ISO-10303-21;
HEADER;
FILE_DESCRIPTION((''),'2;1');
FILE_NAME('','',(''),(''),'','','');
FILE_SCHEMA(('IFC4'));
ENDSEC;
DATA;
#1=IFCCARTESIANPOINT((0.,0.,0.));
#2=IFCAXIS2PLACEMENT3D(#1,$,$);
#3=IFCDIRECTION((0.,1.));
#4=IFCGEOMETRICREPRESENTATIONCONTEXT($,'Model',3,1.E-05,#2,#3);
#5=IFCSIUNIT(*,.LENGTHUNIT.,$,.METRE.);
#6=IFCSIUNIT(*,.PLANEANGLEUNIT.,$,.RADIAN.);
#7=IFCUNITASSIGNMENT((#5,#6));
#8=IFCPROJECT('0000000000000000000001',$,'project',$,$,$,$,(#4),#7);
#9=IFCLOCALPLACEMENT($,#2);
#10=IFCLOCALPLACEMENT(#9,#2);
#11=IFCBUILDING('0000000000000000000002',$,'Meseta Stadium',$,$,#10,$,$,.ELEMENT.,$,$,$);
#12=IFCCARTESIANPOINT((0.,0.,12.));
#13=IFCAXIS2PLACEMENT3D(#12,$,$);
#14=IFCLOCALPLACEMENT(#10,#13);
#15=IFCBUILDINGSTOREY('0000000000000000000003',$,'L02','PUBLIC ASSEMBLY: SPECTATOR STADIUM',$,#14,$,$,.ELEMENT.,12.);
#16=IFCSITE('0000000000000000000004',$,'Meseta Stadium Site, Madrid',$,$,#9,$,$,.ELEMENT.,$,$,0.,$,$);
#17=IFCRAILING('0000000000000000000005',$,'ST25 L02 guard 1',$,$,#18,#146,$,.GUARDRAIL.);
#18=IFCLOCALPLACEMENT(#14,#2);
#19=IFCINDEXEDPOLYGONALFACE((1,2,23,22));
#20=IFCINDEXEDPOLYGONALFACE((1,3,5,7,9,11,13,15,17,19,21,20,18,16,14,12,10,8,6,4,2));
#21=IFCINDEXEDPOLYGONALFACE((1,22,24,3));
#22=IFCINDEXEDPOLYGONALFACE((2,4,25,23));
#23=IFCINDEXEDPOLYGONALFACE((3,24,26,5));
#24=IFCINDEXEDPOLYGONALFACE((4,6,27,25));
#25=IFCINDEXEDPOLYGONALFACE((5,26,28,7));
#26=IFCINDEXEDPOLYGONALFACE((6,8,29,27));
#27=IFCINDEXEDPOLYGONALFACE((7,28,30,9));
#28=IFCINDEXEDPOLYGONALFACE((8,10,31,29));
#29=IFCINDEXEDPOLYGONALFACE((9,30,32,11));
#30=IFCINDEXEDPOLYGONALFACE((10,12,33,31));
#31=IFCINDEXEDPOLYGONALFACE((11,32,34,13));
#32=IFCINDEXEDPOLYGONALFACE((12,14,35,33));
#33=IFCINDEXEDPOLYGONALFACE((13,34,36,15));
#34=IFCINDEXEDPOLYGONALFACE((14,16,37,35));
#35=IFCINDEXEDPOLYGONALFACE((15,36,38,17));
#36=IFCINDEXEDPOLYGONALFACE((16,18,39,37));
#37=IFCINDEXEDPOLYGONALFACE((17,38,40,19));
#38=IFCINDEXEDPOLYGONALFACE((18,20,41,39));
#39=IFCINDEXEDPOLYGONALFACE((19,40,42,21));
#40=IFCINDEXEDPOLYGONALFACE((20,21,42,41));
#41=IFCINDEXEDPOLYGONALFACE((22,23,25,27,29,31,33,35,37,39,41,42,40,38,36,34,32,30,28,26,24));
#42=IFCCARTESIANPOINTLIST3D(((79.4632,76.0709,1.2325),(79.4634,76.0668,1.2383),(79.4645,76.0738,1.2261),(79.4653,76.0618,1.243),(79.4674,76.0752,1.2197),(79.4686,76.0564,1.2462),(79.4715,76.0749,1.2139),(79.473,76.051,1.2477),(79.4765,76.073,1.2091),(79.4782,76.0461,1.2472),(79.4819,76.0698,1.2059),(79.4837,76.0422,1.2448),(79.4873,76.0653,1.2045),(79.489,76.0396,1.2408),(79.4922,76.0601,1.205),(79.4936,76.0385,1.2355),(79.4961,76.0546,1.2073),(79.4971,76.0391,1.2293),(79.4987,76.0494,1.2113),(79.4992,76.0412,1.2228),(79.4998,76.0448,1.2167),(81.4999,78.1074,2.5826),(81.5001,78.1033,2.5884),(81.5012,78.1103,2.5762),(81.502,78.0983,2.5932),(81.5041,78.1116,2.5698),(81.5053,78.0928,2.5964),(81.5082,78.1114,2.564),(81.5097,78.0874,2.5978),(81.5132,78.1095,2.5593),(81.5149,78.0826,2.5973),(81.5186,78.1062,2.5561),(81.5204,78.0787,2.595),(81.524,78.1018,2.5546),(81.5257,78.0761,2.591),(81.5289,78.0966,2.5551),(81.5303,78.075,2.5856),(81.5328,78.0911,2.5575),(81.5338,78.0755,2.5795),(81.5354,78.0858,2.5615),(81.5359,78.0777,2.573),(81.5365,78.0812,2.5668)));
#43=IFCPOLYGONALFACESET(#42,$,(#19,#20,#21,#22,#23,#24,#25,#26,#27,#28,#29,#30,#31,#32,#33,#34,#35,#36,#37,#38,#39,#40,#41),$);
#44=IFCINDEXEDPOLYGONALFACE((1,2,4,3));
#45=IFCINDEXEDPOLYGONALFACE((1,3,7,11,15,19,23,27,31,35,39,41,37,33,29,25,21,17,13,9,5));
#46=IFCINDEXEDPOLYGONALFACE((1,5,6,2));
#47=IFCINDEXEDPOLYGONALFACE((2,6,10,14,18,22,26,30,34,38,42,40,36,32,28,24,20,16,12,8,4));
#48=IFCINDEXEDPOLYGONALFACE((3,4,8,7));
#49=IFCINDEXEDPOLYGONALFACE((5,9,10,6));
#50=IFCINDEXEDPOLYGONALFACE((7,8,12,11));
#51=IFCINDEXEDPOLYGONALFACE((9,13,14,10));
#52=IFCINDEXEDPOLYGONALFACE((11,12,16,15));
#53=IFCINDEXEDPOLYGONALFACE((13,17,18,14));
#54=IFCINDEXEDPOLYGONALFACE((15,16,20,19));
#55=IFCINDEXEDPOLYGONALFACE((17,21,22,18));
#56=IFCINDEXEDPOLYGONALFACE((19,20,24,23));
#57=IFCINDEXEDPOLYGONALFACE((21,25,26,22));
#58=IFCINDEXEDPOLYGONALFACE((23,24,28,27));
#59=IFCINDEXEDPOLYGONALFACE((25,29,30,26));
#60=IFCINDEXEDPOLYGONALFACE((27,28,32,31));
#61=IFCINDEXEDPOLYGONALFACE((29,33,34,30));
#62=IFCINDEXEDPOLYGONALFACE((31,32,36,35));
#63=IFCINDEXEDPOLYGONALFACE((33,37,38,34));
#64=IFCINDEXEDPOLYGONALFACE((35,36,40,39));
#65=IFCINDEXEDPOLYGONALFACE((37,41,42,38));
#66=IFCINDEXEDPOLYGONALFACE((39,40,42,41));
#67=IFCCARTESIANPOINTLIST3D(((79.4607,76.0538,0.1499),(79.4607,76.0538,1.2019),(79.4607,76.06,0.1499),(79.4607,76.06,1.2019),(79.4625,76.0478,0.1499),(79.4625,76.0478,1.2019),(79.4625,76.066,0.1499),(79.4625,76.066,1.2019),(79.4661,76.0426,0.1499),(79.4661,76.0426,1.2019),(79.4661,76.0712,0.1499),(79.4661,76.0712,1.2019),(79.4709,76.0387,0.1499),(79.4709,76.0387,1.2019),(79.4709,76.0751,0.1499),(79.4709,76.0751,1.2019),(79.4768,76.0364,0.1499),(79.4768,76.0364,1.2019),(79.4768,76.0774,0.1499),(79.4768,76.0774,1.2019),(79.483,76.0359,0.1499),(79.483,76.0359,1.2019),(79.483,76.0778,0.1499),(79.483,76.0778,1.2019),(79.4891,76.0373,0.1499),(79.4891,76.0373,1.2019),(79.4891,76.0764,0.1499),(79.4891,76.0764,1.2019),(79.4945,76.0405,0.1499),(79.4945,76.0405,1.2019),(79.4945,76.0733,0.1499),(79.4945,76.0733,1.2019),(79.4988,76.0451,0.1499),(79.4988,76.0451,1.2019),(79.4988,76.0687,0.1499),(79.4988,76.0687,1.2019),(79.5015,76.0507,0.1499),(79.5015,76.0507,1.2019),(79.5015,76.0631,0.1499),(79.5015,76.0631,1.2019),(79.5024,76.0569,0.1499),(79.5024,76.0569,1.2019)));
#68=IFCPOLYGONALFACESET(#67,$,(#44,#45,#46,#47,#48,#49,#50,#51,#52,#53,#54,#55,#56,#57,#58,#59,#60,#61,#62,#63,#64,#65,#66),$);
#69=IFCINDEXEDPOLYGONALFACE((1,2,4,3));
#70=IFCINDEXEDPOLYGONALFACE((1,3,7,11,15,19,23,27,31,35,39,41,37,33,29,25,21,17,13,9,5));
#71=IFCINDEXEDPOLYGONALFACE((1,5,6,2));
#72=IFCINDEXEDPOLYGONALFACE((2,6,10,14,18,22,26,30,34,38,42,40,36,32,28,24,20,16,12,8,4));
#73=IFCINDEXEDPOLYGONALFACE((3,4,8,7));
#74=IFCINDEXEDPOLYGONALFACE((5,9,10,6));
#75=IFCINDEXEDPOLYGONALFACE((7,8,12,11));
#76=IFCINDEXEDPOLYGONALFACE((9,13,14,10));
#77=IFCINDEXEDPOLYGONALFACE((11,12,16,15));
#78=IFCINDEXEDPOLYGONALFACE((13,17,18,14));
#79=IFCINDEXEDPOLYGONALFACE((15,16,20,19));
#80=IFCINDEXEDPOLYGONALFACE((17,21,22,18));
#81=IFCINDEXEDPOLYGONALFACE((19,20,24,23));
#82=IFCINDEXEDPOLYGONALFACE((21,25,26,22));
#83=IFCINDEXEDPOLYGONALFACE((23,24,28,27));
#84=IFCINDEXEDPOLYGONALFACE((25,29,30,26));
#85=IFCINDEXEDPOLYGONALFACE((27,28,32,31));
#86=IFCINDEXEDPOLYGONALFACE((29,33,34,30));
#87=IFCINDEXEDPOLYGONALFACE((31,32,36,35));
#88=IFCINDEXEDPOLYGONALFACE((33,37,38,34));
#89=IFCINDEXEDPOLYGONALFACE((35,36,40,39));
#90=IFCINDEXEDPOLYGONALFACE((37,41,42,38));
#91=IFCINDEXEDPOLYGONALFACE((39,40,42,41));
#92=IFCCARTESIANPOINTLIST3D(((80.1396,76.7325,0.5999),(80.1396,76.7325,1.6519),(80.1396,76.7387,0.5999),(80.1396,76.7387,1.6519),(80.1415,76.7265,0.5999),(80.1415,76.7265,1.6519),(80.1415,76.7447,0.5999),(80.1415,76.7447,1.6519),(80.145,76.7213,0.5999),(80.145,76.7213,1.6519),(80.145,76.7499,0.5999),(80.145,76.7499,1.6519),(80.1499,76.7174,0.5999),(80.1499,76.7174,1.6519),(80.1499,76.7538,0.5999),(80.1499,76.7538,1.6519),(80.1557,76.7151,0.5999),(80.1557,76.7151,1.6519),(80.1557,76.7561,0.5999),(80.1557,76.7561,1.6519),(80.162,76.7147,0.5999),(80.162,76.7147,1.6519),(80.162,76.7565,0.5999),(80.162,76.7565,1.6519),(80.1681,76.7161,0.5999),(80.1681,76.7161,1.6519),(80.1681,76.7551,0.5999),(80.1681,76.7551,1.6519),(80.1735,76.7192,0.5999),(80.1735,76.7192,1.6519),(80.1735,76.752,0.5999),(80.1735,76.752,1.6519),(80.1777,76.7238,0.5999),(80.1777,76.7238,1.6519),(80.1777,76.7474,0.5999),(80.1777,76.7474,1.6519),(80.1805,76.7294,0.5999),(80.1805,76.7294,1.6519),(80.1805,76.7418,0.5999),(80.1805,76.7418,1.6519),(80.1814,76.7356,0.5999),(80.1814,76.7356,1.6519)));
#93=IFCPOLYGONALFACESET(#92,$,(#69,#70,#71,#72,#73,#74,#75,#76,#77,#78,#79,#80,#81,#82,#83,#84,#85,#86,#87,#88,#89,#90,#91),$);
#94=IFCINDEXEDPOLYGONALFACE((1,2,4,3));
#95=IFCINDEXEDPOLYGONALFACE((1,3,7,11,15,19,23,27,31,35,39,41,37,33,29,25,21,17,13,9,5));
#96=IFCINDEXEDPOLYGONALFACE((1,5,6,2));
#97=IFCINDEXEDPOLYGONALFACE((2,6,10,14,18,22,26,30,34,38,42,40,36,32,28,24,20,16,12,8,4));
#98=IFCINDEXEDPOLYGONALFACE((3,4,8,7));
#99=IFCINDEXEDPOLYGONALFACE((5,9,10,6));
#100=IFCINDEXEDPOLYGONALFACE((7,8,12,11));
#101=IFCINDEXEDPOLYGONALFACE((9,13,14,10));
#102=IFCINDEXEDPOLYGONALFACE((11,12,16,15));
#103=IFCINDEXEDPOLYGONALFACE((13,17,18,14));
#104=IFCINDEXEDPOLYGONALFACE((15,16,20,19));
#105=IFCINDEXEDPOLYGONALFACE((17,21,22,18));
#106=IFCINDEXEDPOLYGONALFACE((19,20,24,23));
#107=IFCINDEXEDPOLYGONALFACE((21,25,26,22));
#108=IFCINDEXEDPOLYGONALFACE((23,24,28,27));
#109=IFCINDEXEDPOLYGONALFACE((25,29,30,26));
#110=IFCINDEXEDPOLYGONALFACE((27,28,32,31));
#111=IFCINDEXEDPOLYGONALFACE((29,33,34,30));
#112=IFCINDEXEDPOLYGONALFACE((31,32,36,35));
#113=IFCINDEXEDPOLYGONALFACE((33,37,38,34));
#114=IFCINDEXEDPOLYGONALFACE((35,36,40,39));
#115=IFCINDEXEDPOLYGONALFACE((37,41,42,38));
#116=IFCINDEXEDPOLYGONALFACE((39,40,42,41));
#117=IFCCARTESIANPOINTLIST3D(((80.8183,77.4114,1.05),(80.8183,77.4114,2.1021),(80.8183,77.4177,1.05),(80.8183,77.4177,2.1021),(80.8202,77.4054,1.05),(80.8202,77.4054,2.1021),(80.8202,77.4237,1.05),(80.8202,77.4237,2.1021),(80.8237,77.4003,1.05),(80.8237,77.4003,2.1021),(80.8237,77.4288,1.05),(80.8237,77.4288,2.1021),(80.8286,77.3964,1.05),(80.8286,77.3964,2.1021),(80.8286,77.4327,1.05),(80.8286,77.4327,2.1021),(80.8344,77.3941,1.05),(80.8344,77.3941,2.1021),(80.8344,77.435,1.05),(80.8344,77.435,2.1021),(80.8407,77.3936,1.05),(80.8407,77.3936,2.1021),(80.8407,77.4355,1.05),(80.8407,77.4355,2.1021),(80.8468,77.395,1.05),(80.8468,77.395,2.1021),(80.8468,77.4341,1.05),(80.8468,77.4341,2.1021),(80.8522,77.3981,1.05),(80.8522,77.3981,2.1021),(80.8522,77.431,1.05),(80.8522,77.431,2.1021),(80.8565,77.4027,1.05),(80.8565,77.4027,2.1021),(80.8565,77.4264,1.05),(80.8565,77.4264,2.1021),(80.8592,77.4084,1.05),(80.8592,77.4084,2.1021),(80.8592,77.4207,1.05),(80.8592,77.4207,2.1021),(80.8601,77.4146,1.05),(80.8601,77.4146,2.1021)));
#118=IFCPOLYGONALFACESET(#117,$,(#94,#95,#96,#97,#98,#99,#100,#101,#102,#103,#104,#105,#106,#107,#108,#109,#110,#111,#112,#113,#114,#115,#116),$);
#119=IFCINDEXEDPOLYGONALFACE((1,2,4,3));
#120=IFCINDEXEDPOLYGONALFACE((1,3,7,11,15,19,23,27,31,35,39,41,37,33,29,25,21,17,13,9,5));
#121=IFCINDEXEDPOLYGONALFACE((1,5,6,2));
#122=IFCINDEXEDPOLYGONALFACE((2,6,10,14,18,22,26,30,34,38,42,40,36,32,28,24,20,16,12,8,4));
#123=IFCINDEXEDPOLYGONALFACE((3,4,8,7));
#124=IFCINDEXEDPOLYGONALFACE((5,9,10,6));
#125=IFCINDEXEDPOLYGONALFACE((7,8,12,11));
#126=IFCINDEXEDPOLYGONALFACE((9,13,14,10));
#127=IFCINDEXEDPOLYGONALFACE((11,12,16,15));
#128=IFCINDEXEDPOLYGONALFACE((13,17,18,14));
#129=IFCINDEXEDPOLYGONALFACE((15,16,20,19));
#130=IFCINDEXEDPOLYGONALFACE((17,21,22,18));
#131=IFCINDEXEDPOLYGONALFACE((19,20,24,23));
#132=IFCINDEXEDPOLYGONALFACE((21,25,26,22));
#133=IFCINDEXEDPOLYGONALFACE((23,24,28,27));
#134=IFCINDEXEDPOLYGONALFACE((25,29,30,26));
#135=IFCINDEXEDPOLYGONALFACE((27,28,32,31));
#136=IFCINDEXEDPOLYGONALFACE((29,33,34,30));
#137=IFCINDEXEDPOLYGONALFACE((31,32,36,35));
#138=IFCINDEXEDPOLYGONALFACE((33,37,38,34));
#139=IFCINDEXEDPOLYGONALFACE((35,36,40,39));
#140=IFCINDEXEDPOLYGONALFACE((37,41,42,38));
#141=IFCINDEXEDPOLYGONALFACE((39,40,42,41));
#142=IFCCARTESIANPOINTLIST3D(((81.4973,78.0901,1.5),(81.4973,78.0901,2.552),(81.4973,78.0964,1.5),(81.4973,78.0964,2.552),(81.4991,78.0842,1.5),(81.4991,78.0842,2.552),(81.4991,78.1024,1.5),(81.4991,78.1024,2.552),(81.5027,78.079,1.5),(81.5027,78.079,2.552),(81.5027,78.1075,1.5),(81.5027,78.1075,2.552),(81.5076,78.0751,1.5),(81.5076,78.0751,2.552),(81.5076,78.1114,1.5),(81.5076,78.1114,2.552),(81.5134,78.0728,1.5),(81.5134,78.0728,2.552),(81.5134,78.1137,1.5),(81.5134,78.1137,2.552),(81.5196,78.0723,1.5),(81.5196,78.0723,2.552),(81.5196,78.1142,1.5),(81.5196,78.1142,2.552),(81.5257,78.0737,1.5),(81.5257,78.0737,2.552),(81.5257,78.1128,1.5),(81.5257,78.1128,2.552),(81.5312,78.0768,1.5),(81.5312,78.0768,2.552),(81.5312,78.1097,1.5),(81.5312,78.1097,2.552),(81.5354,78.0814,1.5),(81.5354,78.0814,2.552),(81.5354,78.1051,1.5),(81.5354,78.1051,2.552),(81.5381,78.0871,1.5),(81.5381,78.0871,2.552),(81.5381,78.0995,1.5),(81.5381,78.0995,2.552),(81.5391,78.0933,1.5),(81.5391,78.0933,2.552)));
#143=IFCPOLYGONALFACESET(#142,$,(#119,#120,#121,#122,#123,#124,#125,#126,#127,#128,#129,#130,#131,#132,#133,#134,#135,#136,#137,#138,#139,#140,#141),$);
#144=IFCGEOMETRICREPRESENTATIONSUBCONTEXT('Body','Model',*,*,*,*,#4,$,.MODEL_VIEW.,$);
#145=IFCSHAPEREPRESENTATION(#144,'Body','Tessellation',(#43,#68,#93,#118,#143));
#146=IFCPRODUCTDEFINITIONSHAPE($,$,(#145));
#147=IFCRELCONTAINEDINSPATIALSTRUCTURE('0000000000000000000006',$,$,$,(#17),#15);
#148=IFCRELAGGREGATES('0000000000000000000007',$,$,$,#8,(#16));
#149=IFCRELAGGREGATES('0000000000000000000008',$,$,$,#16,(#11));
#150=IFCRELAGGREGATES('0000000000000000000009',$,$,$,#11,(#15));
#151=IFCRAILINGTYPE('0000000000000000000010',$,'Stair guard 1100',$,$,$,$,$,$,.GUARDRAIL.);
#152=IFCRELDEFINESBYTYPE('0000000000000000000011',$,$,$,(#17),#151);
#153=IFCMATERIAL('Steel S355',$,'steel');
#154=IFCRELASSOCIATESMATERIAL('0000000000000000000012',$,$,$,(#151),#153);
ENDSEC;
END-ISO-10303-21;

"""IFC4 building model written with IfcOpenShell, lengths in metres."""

from ifc_helpers import new_model, si_unit, direction, frame, origin, origin_2d, place, context, subcontext, project, spatial, circle, extrude, material, type_object, element, save


model = new_model("IFC4")

# Units and contexts
model_context = context("Model", 3, precision=1e-05, world=origin(), true_north=direction((0.0, 1.0)))
body_context = subcontext(model_context, "Body", "Model", "MODEL_VIEW")
ifc_project = project(units=[si_unit("LENGTHUNIT", "METRE"), si_unit("PLANEANGLEUNIT", "RADIAN")], contexts=[model_context])

# Site, building, storey
site_placement = place(None, origin())
site = spatial("IfcSite", under=ifc_project, at=site_placement, Name="Meseta Stadium Site, Madrid", CompositionType="ELEMENT", RefElevation=0.0)
building_placement = place(site_placement, origin())
building = spatial("IfcBuilding", under=site, at=building_placement, Name="Meseta Stadium", CompositionType="ELEMENT")
storey_placement = place(building_placement, frame((0.0, 0.0, 12.0)))
storey = spatial("IfcBuildingStorey", under=building, at=storey_placement, Name="L02", Description="PUBLIC ASSEMBLY: SPECTATOR STADIUM", CompositionType="ELEMENT", Elevation=12.0)

# Railing
ifc_material_1 = material(Name="Steel S355", Category="steel")
railing_type_1 = type_object("IfcRailingType", Name="Stair guard 1100", PredefinedType="GUARDRAIL", material=ifc_material_1)
railing_1_placement = place(storey_placement, frame((79.4814, 76.0569, 0.1499)))
element("IfcRailing", 1, at=railing_1_placement, inside=storey, type_object=railing_type_1, Name="ST25 L02 guard 1", PredefinedType="GUARDRAIL", context=body_context, shape_type="SweptSolid", body=[
    extrude(circle(Radius=0.0239, at=origin_2d()), frame((0.0, 0.0, 1.0762), z_axis=(0.640288, 0.640211, 0.424454), x_axis=(-0.707064, 0.707149, 0.0)), (0.0, 0.0, 1.0), 3.1809),
    extrude(circle(Radius=0.021, at=origin_2d()), origin(), (0.0, 0.0, 1.0), 1.052),
    extrude(circle(Radius=0.021, at=origin_2d()), frame((0.679, 0.6787, 0.45)), (0.0, 0.0, 1.0), 1.052),
    extrude(circle(Radius=0.021, at=origin_2d()), frame((1.3577, 1.3577, 0.9001)), (0.0, 0.0, 1.0), 1.052),
    extrude(circle(Radius=0.021, at=origin_2d()), frame((2.0366, 2.0364, 1.3501)), (0.0, 0.0, 1.0), 1.052),
])

save(model, "model.ifc")
